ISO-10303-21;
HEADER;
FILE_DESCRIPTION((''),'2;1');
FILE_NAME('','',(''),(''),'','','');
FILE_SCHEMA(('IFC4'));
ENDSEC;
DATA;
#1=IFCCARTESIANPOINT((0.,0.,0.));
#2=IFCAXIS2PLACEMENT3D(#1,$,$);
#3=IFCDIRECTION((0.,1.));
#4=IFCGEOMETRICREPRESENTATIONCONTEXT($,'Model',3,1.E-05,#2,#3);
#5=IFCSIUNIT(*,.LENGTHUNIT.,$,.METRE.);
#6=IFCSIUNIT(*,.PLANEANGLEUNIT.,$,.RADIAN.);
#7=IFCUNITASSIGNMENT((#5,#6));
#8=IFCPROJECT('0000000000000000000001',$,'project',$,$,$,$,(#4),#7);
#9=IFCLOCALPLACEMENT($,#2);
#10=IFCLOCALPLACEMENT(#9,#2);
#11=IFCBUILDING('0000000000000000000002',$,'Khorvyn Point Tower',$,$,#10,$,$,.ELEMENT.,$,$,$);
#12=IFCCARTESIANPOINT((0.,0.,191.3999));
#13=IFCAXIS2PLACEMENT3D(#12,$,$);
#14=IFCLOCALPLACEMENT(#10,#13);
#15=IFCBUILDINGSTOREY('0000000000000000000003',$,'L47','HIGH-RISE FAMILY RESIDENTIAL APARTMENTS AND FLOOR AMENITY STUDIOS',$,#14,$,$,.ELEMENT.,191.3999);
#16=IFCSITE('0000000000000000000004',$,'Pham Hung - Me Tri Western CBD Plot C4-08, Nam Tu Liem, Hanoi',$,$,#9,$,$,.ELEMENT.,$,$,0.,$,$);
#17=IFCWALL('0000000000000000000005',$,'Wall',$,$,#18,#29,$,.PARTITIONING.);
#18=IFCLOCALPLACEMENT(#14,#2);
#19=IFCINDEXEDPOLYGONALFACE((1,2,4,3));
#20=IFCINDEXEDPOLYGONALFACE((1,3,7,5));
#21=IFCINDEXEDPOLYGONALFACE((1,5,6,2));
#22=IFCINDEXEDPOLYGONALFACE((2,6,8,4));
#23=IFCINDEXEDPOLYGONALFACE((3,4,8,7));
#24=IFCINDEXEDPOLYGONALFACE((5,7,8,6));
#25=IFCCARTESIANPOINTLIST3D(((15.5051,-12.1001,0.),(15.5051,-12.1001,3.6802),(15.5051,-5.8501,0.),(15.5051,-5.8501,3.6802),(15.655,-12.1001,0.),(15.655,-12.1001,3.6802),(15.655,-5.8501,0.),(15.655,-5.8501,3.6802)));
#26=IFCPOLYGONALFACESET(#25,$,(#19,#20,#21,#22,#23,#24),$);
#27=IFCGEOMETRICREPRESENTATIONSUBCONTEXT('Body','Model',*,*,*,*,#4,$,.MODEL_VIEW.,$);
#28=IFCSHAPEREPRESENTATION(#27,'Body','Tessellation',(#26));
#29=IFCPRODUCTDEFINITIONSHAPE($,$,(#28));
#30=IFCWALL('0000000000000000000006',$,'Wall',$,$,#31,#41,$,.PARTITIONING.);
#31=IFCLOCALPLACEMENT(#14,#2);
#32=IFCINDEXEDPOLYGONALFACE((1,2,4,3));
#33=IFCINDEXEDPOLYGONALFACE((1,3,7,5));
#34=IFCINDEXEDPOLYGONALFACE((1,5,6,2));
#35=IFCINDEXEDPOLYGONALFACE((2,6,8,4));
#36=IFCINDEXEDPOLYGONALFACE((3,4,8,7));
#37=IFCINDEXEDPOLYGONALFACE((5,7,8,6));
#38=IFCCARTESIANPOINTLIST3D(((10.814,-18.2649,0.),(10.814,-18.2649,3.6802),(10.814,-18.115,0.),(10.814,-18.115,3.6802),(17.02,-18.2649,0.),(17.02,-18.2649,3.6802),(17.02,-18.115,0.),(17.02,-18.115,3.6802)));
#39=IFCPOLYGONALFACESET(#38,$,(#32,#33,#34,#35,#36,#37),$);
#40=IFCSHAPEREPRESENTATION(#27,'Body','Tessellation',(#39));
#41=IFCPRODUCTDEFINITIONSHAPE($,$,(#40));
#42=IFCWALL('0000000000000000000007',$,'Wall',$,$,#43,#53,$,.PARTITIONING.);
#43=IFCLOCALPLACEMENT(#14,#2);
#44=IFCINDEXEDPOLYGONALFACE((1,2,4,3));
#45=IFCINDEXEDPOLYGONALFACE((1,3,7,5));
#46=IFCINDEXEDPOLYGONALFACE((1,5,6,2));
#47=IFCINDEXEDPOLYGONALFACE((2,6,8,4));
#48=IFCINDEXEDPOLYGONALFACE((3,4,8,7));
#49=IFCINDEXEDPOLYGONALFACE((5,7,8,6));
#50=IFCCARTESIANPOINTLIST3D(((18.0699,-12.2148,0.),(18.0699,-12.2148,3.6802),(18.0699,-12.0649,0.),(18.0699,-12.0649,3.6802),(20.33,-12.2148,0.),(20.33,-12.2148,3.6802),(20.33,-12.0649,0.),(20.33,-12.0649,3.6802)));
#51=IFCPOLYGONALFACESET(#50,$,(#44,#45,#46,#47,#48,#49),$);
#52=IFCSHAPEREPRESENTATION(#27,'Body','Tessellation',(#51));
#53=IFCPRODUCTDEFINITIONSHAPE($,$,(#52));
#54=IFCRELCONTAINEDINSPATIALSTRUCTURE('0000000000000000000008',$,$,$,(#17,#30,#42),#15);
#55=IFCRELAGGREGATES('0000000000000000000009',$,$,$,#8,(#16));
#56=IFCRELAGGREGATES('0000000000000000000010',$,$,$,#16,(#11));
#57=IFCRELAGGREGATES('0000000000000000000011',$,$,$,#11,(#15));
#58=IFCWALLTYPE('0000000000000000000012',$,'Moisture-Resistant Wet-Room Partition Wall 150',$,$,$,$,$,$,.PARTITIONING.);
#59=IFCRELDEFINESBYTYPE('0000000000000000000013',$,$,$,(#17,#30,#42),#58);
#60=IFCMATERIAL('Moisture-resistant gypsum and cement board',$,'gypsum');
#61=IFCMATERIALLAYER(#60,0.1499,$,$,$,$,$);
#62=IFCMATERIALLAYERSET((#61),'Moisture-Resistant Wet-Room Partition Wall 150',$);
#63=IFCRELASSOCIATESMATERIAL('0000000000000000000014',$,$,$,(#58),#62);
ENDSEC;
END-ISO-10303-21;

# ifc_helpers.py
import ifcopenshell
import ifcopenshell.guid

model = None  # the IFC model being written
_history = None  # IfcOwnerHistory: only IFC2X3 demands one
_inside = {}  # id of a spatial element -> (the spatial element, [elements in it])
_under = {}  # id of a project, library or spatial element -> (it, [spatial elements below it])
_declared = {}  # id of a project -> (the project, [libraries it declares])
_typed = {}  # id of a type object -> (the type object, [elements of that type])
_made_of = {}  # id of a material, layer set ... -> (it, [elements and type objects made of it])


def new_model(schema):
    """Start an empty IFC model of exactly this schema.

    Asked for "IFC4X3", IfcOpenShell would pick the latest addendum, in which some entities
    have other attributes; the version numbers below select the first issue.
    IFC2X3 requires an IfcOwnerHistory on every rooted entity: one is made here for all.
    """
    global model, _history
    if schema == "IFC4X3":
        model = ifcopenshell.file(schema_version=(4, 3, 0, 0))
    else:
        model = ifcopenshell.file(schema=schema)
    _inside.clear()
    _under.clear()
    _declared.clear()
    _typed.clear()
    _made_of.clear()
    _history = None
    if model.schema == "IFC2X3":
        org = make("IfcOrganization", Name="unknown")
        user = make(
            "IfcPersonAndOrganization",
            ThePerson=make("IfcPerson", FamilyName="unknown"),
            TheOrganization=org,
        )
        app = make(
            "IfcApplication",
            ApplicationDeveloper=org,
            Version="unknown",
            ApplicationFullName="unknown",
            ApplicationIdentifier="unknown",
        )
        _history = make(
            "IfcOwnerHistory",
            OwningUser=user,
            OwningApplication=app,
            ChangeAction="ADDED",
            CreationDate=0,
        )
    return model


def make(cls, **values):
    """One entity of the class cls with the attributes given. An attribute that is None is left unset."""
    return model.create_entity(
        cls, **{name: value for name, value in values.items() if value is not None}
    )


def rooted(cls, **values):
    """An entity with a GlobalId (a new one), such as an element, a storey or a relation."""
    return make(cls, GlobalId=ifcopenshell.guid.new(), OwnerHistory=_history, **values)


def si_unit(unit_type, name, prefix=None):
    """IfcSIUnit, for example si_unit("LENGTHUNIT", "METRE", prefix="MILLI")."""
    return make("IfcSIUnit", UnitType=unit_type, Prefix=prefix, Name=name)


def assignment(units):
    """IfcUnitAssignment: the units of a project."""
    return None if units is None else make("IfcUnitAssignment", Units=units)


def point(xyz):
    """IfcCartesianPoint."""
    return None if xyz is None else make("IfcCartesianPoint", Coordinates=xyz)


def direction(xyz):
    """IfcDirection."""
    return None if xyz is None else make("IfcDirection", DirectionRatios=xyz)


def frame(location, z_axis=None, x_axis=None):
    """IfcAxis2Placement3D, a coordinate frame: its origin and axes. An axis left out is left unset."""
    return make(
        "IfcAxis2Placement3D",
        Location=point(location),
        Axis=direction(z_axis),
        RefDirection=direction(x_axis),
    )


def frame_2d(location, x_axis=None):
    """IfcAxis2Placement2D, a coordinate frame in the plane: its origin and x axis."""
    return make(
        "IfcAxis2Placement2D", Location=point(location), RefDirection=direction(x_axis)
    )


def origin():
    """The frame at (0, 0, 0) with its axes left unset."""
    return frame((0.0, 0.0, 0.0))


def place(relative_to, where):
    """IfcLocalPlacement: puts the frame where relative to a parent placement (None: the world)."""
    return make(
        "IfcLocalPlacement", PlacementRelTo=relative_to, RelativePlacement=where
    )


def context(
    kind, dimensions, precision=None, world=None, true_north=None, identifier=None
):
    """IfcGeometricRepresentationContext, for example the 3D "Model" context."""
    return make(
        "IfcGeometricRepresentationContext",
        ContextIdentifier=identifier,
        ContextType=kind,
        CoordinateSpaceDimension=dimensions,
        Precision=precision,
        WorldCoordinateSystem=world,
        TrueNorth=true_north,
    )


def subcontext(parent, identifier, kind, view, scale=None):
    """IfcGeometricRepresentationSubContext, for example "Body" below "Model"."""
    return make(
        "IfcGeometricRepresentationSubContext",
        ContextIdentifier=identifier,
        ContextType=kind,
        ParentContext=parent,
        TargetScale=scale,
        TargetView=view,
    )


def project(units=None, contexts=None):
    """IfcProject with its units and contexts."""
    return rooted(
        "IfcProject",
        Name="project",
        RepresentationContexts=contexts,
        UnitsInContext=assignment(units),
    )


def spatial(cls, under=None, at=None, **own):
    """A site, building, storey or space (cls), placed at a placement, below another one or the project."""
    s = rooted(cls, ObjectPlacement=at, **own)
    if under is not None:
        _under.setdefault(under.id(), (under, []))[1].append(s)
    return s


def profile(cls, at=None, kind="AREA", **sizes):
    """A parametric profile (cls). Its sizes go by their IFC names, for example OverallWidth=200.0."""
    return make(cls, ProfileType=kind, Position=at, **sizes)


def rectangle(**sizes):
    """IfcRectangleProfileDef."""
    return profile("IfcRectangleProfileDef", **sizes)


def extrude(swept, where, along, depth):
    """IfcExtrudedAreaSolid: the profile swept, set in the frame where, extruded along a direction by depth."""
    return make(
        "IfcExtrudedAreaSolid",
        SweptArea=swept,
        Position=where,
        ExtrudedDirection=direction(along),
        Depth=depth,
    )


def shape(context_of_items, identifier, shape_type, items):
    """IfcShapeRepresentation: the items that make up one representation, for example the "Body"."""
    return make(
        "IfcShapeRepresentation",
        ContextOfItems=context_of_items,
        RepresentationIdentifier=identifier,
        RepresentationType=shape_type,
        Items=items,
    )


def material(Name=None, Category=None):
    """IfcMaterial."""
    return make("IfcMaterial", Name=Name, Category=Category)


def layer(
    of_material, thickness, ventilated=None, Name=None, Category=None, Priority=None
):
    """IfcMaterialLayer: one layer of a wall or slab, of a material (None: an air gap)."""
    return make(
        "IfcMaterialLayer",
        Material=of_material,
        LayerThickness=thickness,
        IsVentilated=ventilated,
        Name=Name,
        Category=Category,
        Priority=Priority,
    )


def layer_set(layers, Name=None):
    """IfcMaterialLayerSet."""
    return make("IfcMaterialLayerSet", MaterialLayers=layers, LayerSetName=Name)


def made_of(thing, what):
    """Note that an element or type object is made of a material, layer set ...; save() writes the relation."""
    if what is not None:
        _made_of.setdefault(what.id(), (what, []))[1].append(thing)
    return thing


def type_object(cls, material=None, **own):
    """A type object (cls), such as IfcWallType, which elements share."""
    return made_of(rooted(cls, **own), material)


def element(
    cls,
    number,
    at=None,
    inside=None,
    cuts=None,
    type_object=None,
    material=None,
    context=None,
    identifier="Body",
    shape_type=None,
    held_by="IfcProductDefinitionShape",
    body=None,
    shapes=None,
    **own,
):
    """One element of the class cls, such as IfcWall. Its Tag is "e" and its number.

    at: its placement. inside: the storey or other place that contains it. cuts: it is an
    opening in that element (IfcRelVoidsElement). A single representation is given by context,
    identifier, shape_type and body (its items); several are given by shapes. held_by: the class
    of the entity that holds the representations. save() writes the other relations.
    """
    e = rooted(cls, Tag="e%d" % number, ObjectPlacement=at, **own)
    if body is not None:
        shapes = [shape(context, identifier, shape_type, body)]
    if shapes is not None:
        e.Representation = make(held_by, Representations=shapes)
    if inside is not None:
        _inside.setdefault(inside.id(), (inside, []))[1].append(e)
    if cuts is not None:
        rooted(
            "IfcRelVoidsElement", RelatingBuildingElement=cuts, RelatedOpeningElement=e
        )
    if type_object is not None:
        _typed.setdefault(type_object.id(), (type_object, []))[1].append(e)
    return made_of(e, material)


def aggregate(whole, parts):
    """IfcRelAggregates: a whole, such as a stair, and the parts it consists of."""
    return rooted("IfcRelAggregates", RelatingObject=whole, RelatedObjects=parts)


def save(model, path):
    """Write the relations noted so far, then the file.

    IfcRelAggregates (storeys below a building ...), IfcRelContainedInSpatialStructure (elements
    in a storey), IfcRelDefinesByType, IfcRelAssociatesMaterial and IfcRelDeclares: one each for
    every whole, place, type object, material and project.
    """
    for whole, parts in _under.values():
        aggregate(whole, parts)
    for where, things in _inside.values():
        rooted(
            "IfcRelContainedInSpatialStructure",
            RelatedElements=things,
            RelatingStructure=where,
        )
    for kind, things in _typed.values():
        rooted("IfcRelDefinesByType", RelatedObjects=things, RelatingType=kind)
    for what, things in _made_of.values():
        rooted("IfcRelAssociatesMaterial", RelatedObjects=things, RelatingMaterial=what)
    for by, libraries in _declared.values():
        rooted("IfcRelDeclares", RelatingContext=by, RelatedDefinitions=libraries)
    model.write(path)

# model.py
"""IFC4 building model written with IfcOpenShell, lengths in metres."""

from ifc_helpers import new_model, si_unit, direction, frame, frame_2d, origin, place, context, subcontext, project, spatial, rectangle, extrude, material, layer, layer_set, type_object, element, save


model = new_model("IFC4")

# Units and contexts
model_context = context("Model", 3, precision=1e-05, world=origin(), true_north=direction((0.0, 1.0)))
body_context = subcontext(model_context, "Body", "Model", "MODEL_VIEW")
ifc_project = project(units=[si_unit("LENGTHUNIT", "METRE"), si_unit("PLANEANGLEUNIT", "RADIAN")], contexts=[model_context])

# Site, building, storey
site_placement = place(None, origin())
site = spatial("IfcSite", under=ifc_project, at=site_placement, Name="Pham Hung - Me Tri Western CBD Plot C4-08, Nam Tu Liem, Hanoi", CompositionType="ELEMENT", RefElevation=0.0)
building_placement = place(site_placement, origin())
building = spatial("IfcBuilding", under=site, at=building_placement, Name="Khorvyn Point Tower", CompositionType="ELEMENT")
storey_placement = place(building_placement, frame((0.0, 0.0, 191.3999)))
storey = spatial("IfcBuildingStorey", under=building, at=storey_placement, Name="L47", Description="HIGH-RISE FAMILY RESIDENTIAL APARTMENTS AND FLOOR AMENITY STUDIOS", CompositionType="ELEMENT", Elevation=191.3999)

# Shared definitions
ifc_material_1 = material(Name="Moisture-resistant gypsum and cement board", Category="gypsum")
ifc_layer_1 = layer(ifc_material_1, 0.1499)
ifc_layer_set_1 = layer_set([ifc_layer_1], Name="Moisture-Resistant Wet-Room Partition Wall 150")
wall_type_1 = type_object("IfcWallType", Name="Moisture-Resistant Wet-Room Partition Wall 150", PredefinedType="PARTITIONING", material=ifc_layer_set_1)

# Walls
wall_1_placement = place(storey_placement, frame((15.5801, -12.1001, 0.0), z_axis=(0.0, 0.0, 1.0), x_axis=(0.0, 1.0, 0.0)))
element("IfcWall", 1, at=wall_1_placement, inside=storey, type_object=wall_type_1, Name="Wall", PredefinedType="PARTITIONING", context=body_context, shape_type="SweptSolid", body=[
    extrude(rectangle(XDim=6.25, YDim=0.1499, at=frame_2d((3.125, 0.0))), origin(), (0.0, 0.0, 1.0), 3.6802),
])
wall_2_placement = place(storey_placement, frame((10.814, -18.1899, 0.0), z_axis=(0.0, 0.0, 1.0), x_axis=(1.0, 0.0, 0.0)))
element("IfcWall", 2, at=wall_2_placement, inside=storey, type_object=wall_type_1, Name="Wall", PredefinedType="PARTITIONING", context=body_context, shape_type="SweptSolid", body=[
    extrude(rectangle(XDim=6.2061, YDim=0.1499, at=frame_2d((3.103, 0.0))), origin(), (0.0, 0.0, 1.0), 3.6802),
])
wall_3_placement = place(storey_placement, frame((18.0701, -12.1399, 0.0), z_axis=(0.0, 0.0, 1.0), x_axis=(1.0, 0.0, 0.0)))
element("IfcWall", 3, at=wall_3_placement, inside=storey, type_object=wall_type_1, Name="Wall", PredefinedType="PARTITIONING", context=body_context, shape_type="SweptSolid", body=[
    extrude(rectangle(XDim=2.26, YDim=0.1499, at=frame_2d((1.1299, 0.0))), origin(), (0.0, 0.0, 1.0), 3.6802),
])

save(model, "model.ifc")
